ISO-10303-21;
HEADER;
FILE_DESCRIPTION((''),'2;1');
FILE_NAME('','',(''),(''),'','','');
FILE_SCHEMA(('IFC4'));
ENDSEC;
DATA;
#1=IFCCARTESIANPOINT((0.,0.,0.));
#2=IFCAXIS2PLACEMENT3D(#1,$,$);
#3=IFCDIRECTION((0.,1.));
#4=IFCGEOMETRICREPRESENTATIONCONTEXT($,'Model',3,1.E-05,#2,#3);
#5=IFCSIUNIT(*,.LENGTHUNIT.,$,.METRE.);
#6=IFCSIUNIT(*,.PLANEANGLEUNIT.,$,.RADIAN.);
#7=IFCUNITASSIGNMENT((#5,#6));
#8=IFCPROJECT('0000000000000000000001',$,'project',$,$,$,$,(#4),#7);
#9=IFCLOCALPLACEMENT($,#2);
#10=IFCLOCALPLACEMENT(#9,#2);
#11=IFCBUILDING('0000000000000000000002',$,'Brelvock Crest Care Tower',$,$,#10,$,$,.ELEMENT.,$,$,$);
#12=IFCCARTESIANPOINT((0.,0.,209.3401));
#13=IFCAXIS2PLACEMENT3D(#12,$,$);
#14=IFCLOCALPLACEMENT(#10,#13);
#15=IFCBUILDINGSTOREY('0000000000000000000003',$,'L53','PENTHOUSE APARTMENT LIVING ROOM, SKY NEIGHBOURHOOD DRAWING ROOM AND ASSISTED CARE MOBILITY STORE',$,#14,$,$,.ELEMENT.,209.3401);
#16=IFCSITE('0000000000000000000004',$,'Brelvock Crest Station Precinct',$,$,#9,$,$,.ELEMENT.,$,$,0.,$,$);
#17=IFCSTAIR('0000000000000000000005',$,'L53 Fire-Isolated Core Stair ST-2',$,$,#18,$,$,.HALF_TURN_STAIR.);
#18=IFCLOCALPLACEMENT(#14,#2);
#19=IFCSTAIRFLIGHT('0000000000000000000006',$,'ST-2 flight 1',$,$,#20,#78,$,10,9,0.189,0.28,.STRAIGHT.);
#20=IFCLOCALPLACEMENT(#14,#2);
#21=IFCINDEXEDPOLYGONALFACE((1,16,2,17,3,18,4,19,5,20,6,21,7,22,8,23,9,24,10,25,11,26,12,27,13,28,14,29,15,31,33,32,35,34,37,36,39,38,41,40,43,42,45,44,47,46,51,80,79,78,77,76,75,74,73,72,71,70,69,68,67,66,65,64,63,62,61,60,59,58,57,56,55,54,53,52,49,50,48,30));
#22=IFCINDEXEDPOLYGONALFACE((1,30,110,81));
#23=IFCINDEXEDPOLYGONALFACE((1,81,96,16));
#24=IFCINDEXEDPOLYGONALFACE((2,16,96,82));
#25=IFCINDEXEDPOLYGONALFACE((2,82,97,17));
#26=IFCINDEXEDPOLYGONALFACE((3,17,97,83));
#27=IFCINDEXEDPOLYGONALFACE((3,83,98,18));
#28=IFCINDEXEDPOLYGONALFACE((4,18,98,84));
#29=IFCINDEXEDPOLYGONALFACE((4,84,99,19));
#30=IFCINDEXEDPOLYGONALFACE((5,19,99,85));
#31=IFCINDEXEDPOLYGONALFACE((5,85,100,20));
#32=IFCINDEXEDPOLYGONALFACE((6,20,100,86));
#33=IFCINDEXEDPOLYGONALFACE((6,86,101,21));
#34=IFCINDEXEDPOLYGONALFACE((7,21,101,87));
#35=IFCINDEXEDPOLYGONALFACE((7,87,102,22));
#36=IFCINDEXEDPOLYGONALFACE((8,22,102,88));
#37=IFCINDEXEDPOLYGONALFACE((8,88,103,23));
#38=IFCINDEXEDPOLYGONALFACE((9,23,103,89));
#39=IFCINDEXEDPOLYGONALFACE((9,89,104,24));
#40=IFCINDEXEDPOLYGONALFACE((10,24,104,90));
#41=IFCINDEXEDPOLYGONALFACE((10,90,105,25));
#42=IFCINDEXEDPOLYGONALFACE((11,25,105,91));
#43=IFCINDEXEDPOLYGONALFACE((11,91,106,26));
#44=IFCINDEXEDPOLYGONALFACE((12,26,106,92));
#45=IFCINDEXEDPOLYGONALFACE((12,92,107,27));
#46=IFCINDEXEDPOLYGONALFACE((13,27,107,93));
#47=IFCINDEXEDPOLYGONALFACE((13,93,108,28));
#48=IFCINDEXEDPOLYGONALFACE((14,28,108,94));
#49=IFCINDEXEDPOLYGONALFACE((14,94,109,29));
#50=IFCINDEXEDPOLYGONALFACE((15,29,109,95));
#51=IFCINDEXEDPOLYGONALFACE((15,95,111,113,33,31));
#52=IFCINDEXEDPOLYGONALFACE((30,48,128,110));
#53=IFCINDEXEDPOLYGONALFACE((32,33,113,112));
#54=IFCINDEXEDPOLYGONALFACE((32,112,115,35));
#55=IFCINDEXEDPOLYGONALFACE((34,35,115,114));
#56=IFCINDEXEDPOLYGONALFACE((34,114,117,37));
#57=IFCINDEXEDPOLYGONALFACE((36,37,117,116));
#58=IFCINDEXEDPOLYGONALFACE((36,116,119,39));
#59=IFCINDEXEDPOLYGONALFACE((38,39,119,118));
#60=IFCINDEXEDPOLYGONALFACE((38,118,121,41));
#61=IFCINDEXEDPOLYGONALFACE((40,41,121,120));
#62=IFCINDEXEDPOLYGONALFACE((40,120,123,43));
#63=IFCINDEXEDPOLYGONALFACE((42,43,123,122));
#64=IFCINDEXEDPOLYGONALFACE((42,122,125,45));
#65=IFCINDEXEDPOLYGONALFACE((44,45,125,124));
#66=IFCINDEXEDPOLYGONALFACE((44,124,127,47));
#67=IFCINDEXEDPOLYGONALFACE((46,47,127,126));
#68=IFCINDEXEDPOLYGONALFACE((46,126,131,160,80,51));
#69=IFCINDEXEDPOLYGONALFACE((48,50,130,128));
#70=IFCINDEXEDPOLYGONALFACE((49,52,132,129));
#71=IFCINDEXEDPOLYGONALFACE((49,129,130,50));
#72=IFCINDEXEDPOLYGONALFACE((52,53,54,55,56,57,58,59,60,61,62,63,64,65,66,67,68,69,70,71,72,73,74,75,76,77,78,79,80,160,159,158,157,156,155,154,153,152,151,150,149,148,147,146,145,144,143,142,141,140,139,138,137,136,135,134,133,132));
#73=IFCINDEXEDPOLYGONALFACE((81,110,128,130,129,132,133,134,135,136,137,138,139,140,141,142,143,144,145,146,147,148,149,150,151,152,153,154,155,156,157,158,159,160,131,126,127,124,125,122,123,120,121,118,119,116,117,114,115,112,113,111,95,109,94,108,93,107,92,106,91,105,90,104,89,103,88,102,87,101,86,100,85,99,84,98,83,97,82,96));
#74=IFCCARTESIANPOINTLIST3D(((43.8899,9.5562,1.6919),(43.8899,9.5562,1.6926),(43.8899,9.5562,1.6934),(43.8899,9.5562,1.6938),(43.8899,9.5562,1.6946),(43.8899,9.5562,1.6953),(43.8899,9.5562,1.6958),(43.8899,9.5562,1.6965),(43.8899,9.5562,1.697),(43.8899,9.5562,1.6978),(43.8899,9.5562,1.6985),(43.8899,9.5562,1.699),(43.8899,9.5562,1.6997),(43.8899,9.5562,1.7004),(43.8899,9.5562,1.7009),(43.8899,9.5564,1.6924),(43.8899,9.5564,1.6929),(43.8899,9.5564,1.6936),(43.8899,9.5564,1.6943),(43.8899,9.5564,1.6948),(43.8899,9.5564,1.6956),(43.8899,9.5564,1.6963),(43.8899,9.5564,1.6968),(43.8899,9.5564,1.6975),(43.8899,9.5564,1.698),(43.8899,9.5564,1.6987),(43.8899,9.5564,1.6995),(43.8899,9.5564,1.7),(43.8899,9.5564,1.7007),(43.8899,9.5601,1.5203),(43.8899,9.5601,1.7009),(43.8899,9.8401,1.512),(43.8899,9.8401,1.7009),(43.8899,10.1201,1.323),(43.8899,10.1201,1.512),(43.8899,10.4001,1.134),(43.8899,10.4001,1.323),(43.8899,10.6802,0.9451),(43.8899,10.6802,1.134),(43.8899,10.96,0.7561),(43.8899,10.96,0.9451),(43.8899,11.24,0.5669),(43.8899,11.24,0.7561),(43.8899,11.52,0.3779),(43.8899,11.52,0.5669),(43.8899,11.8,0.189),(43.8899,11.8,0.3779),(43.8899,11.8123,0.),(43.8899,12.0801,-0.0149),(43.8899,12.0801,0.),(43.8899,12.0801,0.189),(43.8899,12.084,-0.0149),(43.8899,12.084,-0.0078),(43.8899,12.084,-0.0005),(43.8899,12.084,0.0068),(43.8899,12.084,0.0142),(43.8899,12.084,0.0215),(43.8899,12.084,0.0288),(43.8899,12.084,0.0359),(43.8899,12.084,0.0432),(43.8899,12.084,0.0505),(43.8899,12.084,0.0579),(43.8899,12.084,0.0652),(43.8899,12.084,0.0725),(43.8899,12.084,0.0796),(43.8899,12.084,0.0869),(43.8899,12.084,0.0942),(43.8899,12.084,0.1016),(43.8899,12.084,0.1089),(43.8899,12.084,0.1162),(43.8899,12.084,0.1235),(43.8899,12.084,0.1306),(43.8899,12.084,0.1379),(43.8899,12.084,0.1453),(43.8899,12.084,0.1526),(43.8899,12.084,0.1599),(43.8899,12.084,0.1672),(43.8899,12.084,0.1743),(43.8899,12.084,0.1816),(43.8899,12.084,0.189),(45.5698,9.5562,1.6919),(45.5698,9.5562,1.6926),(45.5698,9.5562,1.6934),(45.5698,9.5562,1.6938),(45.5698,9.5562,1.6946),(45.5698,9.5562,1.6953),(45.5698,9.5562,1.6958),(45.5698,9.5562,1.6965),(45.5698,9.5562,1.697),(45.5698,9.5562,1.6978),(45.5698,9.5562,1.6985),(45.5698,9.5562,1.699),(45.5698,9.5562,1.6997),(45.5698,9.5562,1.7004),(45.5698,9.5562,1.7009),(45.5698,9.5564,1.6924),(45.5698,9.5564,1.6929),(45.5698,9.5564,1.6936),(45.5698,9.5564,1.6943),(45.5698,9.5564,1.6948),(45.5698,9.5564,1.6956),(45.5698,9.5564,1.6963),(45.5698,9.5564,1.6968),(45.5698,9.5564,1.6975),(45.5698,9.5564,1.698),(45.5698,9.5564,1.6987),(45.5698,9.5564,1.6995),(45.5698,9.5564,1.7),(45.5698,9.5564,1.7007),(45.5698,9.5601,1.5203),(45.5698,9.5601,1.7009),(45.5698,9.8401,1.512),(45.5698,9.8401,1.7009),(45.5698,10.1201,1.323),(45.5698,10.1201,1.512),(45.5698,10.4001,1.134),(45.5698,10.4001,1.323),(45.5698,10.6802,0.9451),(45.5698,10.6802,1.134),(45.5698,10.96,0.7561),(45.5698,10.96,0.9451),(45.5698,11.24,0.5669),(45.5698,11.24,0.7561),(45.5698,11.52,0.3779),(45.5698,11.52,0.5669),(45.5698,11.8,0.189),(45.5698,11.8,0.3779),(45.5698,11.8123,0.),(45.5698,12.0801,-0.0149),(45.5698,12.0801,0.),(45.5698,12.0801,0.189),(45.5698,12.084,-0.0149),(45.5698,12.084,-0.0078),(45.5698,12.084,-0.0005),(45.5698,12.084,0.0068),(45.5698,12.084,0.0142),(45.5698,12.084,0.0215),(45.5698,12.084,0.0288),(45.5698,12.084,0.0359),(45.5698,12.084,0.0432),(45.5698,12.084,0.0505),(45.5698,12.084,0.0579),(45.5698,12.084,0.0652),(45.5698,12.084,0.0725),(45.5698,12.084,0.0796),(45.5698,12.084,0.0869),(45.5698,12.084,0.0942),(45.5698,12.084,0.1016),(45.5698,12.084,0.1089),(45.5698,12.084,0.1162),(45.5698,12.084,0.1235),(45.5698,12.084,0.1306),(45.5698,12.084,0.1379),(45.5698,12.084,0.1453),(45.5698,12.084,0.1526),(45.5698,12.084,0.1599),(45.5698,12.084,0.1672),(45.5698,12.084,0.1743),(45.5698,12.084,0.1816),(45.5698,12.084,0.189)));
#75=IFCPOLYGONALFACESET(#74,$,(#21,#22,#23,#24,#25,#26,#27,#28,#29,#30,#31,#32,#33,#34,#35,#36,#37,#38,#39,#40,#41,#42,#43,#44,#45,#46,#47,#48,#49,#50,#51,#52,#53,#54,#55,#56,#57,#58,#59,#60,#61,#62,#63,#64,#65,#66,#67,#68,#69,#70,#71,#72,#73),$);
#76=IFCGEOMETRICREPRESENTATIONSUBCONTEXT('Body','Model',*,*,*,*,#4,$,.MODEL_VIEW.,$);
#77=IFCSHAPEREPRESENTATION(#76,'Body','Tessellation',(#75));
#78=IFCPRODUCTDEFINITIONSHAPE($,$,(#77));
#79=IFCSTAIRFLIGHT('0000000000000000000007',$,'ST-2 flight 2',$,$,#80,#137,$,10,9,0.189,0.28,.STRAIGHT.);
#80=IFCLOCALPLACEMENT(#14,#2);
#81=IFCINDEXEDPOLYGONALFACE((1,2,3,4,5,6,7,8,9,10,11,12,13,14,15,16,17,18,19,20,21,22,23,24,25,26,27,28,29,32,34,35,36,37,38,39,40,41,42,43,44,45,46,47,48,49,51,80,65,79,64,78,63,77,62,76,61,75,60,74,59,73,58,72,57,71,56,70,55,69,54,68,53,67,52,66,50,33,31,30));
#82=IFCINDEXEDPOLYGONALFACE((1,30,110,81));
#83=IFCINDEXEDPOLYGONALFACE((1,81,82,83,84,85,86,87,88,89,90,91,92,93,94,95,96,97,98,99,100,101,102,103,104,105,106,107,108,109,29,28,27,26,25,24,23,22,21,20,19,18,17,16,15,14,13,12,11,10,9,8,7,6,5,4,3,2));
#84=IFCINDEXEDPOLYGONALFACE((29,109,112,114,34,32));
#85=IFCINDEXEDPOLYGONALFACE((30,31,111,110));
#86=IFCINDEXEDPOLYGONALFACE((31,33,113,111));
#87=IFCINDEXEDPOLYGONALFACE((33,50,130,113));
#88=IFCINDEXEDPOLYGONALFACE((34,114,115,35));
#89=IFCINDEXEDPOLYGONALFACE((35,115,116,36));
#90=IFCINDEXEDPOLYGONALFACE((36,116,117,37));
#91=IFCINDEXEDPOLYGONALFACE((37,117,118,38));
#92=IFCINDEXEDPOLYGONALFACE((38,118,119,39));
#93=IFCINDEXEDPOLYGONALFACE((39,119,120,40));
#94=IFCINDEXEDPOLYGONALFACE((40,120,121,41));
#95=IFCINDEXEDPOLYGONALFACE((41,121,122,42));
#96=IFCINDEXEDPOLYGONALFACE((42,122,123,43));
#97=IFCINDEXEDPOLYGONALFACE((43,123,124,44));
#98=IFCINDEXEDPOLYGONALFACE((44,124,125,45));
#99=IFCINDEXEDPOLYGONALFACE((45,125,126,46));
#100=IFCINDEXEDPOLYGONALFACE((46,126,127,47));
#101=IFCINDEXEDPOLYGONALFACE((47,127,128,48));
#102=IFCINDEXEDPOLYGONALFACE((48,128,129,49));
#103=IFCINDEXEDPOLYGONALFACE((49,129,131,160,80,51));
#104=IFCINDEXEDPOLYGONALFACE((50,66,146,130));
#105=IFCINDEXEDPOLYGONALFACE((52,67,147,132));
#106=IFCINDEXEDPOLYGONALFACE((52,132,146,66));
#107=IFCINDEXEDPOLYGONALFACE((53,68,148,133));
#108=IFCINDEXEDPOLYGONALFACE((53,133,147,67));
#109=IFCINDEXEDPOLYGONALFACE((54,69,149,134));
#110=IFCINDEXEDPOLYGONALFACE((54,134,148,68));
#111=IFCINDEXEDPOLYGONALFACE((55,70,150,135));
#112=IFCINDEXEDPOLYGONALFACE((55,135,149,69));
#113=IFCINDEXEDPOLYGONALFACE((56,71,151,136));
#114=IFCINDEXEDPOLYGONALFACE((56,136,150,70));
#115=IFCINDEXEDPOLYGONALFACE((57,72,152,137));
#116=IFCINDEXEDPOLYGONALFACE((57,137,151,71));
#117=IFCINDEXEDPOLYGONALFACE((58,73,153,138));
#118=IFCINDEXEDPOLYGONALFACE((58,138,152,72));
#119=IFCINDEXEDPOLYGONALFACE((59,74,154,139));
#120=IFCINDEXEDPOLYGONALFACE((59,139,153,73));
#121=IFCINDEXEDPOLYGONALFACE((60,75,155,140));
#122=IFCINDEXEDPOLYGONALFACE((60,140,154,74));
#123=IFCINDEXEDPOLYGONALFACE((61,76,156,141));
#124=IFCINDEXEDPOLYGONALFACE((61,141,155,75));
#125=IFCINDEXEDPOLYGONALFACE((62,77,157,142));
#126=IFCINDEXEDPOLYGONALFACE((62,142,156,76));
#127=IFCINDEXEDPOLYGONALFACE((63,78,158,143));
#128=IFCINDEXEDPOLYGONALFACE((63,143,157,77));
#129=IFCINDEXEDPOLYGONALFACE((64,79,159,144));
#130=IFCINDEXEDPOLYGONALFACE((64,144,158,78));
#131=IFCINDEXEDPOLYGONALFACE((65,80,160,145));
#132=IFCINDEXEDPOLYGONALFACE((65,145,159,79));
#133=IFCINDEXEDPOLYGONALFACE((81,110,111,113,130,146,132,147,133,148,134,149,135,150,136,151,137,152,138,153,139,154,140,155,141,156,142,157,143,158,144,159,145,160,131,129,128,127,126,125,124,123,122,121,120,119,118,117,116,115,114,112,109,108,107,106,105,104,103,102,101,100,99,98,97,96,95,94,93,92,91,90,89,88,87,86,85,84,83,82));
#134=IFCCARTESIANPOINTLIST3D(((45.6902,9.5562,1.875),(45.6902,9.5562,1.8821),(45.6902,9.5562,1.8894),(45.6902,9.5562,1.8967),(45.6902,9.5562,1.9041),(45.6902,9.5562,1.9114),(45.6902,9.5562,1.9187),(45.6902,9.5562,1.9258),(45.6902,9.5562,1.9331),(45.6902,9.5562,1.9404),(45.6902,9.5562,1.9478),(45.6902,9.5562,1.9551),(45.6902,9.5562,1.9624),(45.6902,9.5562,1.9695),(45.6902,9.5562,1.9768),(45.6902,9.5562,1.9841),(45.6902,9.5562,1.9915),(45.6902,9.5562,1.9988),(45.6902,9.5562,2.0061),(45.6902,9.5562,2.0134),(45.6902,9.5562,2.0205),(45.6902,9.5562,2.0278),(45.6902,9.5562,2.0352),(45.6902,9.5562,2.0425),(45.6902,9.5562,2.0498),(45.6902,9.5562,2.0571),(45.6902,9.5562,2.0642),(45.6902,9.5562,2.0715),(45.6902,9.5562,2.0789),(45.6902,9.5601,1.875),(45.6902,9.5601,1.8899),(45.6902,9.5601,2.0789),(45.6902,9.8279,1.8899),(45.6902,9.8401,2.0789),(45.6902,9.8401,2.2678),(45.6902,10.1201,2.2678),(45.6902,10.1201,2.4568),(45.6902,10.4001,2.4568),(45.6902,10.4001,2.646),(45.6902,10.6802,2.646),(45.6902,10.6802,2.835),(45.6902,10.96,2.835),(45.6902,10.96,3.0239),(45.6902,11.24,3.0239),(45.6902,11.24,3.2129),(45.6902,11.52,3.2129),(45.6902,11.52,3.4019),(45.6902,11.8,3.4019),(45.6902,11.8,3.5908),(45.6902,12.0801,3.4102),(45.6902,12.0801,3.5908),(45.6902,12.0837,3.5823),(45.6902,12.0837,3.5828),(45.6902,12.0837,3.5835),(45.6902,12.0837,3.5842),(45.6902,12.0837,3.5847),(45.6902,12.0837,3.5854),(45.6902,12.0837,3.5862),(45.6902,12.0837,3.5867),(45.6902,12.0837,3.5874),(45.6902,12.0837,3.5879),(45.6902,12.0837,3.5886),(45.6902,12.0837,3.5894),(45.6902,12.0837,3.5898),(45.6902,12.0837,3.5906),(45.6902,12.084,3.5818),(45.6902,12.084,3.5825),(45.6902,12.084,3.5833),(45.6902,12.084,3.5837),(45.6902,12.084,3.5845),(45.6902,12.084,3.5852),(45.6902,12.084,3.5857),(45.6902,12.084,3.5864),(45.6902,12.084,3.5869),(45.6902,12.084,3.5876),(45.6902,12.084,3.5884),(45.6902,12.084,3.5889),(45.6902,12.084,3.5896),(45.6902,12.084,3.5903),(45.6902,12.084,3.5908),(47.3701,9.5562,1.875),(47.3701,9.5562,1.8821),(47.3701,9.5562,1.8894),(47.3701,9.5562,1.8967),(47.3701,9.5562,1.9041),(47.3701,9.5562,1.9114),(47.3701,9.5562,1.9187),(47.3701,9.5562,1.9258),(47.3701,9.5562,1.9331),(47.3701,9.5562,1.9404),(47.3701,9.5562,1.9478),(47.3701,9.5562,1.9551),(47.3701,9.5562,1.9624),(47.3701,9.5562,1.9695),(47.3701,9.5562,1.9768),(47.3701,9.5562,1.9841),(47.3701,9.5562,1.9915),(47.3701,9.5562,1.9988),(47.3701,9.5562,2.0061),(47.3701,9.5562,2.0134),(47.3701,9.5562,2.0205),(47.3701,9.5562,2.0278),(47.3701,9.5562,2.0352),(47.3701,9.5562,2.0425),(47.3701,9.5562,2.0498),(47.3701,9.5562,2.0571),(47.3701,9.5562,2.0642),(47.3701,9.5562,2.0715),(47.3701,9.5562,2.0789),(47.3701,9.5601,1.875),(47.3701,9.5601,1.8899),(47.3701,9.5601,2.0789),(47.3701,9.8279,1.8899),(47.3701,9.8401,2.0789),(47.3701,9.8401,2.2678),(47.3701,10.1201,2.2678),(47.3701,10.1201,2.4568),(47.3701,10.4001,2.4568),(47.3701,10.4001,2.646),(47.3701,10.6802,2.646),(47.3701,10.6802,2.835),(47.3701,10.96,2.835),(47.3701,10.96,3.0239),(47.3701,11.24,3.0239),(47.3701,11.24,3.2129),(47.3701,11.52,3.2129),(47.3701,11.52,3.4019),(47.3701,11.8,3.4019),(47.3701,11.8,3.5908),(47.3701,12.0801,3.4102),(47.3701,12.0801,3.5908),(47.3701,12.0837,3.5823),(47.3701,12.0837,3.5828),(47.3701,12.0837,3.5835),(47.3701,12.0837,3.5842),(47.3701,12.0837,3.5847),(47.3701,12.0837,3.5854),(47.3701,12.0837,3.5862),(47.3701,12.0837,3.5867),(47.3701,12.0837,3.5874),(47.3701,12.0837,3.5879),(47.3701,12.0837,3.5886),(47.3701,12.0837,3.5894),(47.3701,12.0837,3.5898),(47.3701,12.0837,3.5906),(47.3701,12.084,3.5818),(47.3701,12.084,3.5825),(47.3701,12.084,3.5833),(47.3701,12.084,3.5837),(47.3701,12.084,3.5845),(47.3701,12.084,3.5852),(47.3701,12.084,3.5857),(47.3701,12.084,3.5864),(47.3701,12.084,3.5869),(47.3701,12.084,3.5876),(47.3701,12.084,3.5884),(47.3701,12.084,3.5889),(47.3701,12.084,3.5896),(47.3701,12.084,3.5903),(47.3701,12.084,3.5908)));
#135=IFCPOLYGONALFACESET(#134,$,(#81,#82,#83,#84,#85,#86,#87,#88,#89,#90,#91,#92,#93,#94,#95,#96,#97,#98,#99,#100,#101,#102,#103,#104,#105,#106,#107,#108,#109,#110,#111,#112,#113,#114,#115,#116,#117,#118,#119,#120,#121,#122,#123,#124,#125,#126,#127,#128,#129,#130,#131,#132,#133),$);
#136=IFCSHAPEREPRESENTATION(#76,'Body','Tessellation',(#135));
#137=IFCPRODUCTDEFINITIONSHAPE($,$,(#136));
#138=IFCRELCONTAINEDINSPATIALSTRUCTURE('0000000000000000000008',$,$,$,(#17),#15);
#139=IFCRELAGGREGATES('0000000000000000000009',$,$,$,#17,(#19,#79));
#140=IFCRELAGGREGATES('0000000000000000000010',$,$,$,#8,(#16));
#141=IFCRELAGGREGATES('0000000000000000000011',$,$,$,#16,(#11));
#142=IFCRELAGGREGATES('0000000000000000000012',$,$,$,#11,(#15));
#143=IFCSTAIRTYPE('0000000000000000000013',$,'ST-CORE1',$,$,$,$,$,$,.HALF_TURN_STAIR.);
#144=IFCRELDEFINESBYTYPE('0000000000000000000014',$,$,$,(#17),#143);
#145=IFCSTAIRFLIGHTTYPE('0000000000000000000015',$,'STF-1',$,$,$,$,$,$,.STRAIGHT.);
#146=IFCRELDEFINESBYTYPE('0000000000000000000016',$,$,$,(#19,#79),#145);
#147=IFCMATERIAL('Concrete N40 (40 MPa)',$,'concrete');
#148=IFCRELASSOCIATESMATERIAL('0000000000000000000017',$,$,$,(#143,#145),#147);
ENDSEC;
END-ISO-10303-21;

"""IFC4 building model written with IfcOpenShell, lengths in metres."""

from ifc_helpers import new_model, si_unit, direction, frame, origin, place, context, subcontext, project, spatial, polyline, outline, extrude, material, type_object, element, aggregate, save


model = new_model("IFC4")

# Units and contexts
model_context = context("Model", 3, precision=1e-05, world=origin(), true_north=direction((0.0, 1.0)))
body_context = subcontext(model_context, "Body", "Model", "MODEL_VIEW")
ifc_project = project(units=[si_unit("LENGTHUNIT", "METRE"), si_unit("PLANEANGLEUNIT", "RADIAN")], contexts=[model_context])

# Site, building, storey
site_placement = place(None, origin())
site = spatial("IfcSite", under=ifc_project, at=site_placement, Name="Brelvock Crest Station Precinct", CompositionType="ELEMENT", RefElevation=0.0)
building_placement = place(site_placement, origin())
building = spatial("IfcBuilding", under=site, at=building_placement, Name="Brelvock Crest Care Tower", CompositionType="ELEMENT")
storey_placement = place(building_placement, frame((0.0, 0.0, 209.3401)))
storey = spatial("IfcBuildingStorey", under=building, at=storey_placement, Name="L53", Description="PENTHOUSE APARTMENT LIVING ROOM, SKY NEIGHBOURHOOD DRAWING ROOM AND ASSISTED CARE MOBILITY STORE", CompositionType="ELEMENT", Elevation=209.3401)

# Stair, stair flights
ifc_material_1 = material(Name="Concrete N40 (40 MPa)", Category="concrete")
stair_type = type_object("IfcStairType", Name="ST-CORE1", PredefinedType="HALF_TURN_STAIR", material=ifc_material_1)
stair_placement = place(storey_placement, origin())
stair = element("IfcStair", 1, at=stair_placement, inside=storey, type_object=stair_type, Name="L53 Fire-Isolated Core Stair ST-2", PredefinedType="HALF_TURN_STAIR")
stair_flight_type = type_object("IfcStairFlightType", Name="STF-1", PredefinedType="STRAIGHT", material=ifc_material_1)
stair_flight_1_placement = place(storey_placement, frame((44.73, 12.0801, 0.0), z_axis=(0.0, 0.0, 1.0), x_axis=(0.0, -1.0, 0.0)))
stair_flight_1 = element("IfcStairFlight", 2, at=stair_flight_1_placement, type_object=stair_flight_type, Name="ST-2 flight 1", NumberOfRisers=10, NumberOfTreads=9, PredefinedType="STRAIGHT", RiserHeight=0.189, TreadLength=0.28, context=body_context, shape_type="SweptSolid", body=[
    extrude(outline(polyline([(-0.0039, -0.0149), (-0.0039, -0.0078), (-0.0039, -0.0005), (-0.0039, 0.0068), (-0.0039, 0.0142), (-0.0039, 0.0215), (-0.0039, 0.0288), (-0.0039, 0.0359), (-0.0039, 0.0432), (-0.0039, 0.0505), (-0.0039, 0.0579), (-0.0039, 0.0652), (-0.0039, 0.0725), (-0.0039, 0.0796), (-0.0039, 0.0869), (-0.0039, 0.0942), (-0.0039, 0.1016), (-0.0039, 0.1089), (-0.0039, 0.1162), (-0.0039, 0.1235), (-0.0039, 0.1306), (-0.0039, 0.1379), (-0.0039, 0.1453), (-0.0039, 0.1526), (-0.0039, 0.1599), (-0.0039, 0.1672), (-0.0039, 0.1743), (-0.0039, 0.1816), (-0.0039, 0.189), (0.0, 0.189), (0.28, 0.189), (0.28, 0.3779), (0.5601, 0.3779), (0.5601, 0.5669), (0.8401, 0.5669), (0.8401, 0.7561), (1.1201, 0.7561), (1.1201, 0.9451), (1.3999, 0.9451), (1.3999, 1.134), (1.6799, 1.134), (1.6799, 1.323), (1.96, 1.323), (1.96, 1.512), (2.24, 1.512), (2.24, 1.7009), (2.52, 1.7009), (2.5239, 1.7009), (2.5237, 1.7007), (2.5239, 1.7004), (2.5237, 1.7), (2.5239, 1.6997), (2.5237, 1.6995), (2.5239, 1.699), (2.5237, 1.6987), (2.5239, 1.6985), (2.5237, 1.698), (2.5239, 1.6978), (2.5237, 1.6975), (2.5239, 1.697), (2.5237, 1.6968), (2.5239, 1.6965), (2.5237, 1.6963), (2.5239, 1.6958), (2.5237, 1.6956), (2.5239, 1.6953), (2.5237, 1.6948), (2.5239, 1.6946), (2.5237, 1.6943), (2.5239, 1.6938), (2.5237, 1.6936), (2.5239, 1.6934), (2.5237, 1.6929), (2.5239, 1.6926), (2.5237, 1.6924), (2.5239, 1.6919), (2.52, 1.5203), (0.2678, 0.0), (0.0, 0.0), (0.0, -0.0149), (-0.0039, -0.0149)])), frame((0.0, 0.8398, 0.0), z_axis=(0.0, -1.0, 0.0), x_axis=(1.0, 0.0, 0.0)), (0.0, 0.0, 1.0), 1.6799),
])
stair_flight_2_placement = place(storey_placement, frame((46.53, 9.5601, 1.8899), z_axis=(0.0, 0.0, 1.0), x_axis=(0.0, 1.0, 0.0)))
stair_flight_2 = element("IfcStairFlight", 3, at=stair_flight_2_placement, type_object=stair_flight_type, Name="ST-2 flight 2", NumberOfRisers=10, NumberOfTreads=9, PredefinedType="STRAIGHT", RiserHeight=0.189, TreadLength=0.28, context=body_context, shape_type="SweptSolid", body=[
    extrude(outline(polyline([(-0.0039, -0.0149), (-0.0039, -0.0078), (-0.0039, -0.0005), (-0.0039, 0.0068), (-0.0039, 0.0142), (-0.0039, 0.0215), (-0.0039, 0.0288), (-0.0039, 0.0359), (-0.0039, 0.0432), (-0.0039, 0.0505), (-0.0039, 0.0579), (-0.0039, 0.0652), (-0.0039, 0.0725), (-0.0039, 0.0796), (-0.0039, 0.0869), (-0.0039, 0.0942), (-0.0039, 0.1016), (-0.0039, 0.1089), (-0.0039, 0.1162), (-0.0039, 0.1235), (-0.0039, 0.1306), (-0.0039, 0.1379), (-0.0039, 0.1453), (-0.0039, 0.1526), (-0.0039, 0.1599), (-0.0039, 0.1672), (-0.0039, 0.1743), (-0.0039, 0.1816), (-0.0039, 0.189), (0.0, 0.189), (0.28, 0.189), (0.28, 0.3779), (0.5601, 0.3779), (0.5601, 0.5669), (0.8401, 0.5669), (0.8401, 0.7561), (1.1201, 0.7561), (1.1201, 0.9451), (1.3999, 0.9451), (1.3999, 1.134), (1.6799, 1.134), (1.6799, 1.323), (1.96, 1.323), (1.96, 1.512), (2.24, 1.512), (2.24, 1.7009), (2.52, 1.7009), (2.5239, 1.7009), (2.5237, 1.7007), (2.5239, 1.7004), (2.5237, 1.7), (2.5239, 1.6997), (2.5237, 1.6995), (2.5239, 1.699), (2.5237, 1.6987), (2.5239, 1.6985), (2.5237, 1.698), (2.5239, 1.6978), (2.5237, 1.6975), (2.5239, 1.697), (2.5237, 1.6968), (2.5239, 1.6965), (2.5237, 1.6963), (2.5239, 1.6958), (2.5237, 1.6956), (2.5239, 1.6953), (2.5237, 1.6948), (2.5239, 1.6946), (2.5237, 1.6943), (2.5239, 1.6938), (2.5237, 1.6936), (2.5239, 1.6934), (2.5237, 1.6929), (2.5239, 1.6926), (2.5237, 1.6924), (2.5239, 1.6919), (2.52, 1.5203), (0.2678, 0.0), (0.0, 0.0), (0.0, -0.0149), (-0.0039, -0.0149)])), frame((0.0, 0.8398, 0.0), z_axis=(0.0, -1.0, 0.0), x_axis=(1.0, 0.0, 0.0)), (0.0, 0.0, 1.0), 1.6799),
])
aggregate(stair, [stair_flight_1, stair_flight_2])

save(model, "model.ifc")
